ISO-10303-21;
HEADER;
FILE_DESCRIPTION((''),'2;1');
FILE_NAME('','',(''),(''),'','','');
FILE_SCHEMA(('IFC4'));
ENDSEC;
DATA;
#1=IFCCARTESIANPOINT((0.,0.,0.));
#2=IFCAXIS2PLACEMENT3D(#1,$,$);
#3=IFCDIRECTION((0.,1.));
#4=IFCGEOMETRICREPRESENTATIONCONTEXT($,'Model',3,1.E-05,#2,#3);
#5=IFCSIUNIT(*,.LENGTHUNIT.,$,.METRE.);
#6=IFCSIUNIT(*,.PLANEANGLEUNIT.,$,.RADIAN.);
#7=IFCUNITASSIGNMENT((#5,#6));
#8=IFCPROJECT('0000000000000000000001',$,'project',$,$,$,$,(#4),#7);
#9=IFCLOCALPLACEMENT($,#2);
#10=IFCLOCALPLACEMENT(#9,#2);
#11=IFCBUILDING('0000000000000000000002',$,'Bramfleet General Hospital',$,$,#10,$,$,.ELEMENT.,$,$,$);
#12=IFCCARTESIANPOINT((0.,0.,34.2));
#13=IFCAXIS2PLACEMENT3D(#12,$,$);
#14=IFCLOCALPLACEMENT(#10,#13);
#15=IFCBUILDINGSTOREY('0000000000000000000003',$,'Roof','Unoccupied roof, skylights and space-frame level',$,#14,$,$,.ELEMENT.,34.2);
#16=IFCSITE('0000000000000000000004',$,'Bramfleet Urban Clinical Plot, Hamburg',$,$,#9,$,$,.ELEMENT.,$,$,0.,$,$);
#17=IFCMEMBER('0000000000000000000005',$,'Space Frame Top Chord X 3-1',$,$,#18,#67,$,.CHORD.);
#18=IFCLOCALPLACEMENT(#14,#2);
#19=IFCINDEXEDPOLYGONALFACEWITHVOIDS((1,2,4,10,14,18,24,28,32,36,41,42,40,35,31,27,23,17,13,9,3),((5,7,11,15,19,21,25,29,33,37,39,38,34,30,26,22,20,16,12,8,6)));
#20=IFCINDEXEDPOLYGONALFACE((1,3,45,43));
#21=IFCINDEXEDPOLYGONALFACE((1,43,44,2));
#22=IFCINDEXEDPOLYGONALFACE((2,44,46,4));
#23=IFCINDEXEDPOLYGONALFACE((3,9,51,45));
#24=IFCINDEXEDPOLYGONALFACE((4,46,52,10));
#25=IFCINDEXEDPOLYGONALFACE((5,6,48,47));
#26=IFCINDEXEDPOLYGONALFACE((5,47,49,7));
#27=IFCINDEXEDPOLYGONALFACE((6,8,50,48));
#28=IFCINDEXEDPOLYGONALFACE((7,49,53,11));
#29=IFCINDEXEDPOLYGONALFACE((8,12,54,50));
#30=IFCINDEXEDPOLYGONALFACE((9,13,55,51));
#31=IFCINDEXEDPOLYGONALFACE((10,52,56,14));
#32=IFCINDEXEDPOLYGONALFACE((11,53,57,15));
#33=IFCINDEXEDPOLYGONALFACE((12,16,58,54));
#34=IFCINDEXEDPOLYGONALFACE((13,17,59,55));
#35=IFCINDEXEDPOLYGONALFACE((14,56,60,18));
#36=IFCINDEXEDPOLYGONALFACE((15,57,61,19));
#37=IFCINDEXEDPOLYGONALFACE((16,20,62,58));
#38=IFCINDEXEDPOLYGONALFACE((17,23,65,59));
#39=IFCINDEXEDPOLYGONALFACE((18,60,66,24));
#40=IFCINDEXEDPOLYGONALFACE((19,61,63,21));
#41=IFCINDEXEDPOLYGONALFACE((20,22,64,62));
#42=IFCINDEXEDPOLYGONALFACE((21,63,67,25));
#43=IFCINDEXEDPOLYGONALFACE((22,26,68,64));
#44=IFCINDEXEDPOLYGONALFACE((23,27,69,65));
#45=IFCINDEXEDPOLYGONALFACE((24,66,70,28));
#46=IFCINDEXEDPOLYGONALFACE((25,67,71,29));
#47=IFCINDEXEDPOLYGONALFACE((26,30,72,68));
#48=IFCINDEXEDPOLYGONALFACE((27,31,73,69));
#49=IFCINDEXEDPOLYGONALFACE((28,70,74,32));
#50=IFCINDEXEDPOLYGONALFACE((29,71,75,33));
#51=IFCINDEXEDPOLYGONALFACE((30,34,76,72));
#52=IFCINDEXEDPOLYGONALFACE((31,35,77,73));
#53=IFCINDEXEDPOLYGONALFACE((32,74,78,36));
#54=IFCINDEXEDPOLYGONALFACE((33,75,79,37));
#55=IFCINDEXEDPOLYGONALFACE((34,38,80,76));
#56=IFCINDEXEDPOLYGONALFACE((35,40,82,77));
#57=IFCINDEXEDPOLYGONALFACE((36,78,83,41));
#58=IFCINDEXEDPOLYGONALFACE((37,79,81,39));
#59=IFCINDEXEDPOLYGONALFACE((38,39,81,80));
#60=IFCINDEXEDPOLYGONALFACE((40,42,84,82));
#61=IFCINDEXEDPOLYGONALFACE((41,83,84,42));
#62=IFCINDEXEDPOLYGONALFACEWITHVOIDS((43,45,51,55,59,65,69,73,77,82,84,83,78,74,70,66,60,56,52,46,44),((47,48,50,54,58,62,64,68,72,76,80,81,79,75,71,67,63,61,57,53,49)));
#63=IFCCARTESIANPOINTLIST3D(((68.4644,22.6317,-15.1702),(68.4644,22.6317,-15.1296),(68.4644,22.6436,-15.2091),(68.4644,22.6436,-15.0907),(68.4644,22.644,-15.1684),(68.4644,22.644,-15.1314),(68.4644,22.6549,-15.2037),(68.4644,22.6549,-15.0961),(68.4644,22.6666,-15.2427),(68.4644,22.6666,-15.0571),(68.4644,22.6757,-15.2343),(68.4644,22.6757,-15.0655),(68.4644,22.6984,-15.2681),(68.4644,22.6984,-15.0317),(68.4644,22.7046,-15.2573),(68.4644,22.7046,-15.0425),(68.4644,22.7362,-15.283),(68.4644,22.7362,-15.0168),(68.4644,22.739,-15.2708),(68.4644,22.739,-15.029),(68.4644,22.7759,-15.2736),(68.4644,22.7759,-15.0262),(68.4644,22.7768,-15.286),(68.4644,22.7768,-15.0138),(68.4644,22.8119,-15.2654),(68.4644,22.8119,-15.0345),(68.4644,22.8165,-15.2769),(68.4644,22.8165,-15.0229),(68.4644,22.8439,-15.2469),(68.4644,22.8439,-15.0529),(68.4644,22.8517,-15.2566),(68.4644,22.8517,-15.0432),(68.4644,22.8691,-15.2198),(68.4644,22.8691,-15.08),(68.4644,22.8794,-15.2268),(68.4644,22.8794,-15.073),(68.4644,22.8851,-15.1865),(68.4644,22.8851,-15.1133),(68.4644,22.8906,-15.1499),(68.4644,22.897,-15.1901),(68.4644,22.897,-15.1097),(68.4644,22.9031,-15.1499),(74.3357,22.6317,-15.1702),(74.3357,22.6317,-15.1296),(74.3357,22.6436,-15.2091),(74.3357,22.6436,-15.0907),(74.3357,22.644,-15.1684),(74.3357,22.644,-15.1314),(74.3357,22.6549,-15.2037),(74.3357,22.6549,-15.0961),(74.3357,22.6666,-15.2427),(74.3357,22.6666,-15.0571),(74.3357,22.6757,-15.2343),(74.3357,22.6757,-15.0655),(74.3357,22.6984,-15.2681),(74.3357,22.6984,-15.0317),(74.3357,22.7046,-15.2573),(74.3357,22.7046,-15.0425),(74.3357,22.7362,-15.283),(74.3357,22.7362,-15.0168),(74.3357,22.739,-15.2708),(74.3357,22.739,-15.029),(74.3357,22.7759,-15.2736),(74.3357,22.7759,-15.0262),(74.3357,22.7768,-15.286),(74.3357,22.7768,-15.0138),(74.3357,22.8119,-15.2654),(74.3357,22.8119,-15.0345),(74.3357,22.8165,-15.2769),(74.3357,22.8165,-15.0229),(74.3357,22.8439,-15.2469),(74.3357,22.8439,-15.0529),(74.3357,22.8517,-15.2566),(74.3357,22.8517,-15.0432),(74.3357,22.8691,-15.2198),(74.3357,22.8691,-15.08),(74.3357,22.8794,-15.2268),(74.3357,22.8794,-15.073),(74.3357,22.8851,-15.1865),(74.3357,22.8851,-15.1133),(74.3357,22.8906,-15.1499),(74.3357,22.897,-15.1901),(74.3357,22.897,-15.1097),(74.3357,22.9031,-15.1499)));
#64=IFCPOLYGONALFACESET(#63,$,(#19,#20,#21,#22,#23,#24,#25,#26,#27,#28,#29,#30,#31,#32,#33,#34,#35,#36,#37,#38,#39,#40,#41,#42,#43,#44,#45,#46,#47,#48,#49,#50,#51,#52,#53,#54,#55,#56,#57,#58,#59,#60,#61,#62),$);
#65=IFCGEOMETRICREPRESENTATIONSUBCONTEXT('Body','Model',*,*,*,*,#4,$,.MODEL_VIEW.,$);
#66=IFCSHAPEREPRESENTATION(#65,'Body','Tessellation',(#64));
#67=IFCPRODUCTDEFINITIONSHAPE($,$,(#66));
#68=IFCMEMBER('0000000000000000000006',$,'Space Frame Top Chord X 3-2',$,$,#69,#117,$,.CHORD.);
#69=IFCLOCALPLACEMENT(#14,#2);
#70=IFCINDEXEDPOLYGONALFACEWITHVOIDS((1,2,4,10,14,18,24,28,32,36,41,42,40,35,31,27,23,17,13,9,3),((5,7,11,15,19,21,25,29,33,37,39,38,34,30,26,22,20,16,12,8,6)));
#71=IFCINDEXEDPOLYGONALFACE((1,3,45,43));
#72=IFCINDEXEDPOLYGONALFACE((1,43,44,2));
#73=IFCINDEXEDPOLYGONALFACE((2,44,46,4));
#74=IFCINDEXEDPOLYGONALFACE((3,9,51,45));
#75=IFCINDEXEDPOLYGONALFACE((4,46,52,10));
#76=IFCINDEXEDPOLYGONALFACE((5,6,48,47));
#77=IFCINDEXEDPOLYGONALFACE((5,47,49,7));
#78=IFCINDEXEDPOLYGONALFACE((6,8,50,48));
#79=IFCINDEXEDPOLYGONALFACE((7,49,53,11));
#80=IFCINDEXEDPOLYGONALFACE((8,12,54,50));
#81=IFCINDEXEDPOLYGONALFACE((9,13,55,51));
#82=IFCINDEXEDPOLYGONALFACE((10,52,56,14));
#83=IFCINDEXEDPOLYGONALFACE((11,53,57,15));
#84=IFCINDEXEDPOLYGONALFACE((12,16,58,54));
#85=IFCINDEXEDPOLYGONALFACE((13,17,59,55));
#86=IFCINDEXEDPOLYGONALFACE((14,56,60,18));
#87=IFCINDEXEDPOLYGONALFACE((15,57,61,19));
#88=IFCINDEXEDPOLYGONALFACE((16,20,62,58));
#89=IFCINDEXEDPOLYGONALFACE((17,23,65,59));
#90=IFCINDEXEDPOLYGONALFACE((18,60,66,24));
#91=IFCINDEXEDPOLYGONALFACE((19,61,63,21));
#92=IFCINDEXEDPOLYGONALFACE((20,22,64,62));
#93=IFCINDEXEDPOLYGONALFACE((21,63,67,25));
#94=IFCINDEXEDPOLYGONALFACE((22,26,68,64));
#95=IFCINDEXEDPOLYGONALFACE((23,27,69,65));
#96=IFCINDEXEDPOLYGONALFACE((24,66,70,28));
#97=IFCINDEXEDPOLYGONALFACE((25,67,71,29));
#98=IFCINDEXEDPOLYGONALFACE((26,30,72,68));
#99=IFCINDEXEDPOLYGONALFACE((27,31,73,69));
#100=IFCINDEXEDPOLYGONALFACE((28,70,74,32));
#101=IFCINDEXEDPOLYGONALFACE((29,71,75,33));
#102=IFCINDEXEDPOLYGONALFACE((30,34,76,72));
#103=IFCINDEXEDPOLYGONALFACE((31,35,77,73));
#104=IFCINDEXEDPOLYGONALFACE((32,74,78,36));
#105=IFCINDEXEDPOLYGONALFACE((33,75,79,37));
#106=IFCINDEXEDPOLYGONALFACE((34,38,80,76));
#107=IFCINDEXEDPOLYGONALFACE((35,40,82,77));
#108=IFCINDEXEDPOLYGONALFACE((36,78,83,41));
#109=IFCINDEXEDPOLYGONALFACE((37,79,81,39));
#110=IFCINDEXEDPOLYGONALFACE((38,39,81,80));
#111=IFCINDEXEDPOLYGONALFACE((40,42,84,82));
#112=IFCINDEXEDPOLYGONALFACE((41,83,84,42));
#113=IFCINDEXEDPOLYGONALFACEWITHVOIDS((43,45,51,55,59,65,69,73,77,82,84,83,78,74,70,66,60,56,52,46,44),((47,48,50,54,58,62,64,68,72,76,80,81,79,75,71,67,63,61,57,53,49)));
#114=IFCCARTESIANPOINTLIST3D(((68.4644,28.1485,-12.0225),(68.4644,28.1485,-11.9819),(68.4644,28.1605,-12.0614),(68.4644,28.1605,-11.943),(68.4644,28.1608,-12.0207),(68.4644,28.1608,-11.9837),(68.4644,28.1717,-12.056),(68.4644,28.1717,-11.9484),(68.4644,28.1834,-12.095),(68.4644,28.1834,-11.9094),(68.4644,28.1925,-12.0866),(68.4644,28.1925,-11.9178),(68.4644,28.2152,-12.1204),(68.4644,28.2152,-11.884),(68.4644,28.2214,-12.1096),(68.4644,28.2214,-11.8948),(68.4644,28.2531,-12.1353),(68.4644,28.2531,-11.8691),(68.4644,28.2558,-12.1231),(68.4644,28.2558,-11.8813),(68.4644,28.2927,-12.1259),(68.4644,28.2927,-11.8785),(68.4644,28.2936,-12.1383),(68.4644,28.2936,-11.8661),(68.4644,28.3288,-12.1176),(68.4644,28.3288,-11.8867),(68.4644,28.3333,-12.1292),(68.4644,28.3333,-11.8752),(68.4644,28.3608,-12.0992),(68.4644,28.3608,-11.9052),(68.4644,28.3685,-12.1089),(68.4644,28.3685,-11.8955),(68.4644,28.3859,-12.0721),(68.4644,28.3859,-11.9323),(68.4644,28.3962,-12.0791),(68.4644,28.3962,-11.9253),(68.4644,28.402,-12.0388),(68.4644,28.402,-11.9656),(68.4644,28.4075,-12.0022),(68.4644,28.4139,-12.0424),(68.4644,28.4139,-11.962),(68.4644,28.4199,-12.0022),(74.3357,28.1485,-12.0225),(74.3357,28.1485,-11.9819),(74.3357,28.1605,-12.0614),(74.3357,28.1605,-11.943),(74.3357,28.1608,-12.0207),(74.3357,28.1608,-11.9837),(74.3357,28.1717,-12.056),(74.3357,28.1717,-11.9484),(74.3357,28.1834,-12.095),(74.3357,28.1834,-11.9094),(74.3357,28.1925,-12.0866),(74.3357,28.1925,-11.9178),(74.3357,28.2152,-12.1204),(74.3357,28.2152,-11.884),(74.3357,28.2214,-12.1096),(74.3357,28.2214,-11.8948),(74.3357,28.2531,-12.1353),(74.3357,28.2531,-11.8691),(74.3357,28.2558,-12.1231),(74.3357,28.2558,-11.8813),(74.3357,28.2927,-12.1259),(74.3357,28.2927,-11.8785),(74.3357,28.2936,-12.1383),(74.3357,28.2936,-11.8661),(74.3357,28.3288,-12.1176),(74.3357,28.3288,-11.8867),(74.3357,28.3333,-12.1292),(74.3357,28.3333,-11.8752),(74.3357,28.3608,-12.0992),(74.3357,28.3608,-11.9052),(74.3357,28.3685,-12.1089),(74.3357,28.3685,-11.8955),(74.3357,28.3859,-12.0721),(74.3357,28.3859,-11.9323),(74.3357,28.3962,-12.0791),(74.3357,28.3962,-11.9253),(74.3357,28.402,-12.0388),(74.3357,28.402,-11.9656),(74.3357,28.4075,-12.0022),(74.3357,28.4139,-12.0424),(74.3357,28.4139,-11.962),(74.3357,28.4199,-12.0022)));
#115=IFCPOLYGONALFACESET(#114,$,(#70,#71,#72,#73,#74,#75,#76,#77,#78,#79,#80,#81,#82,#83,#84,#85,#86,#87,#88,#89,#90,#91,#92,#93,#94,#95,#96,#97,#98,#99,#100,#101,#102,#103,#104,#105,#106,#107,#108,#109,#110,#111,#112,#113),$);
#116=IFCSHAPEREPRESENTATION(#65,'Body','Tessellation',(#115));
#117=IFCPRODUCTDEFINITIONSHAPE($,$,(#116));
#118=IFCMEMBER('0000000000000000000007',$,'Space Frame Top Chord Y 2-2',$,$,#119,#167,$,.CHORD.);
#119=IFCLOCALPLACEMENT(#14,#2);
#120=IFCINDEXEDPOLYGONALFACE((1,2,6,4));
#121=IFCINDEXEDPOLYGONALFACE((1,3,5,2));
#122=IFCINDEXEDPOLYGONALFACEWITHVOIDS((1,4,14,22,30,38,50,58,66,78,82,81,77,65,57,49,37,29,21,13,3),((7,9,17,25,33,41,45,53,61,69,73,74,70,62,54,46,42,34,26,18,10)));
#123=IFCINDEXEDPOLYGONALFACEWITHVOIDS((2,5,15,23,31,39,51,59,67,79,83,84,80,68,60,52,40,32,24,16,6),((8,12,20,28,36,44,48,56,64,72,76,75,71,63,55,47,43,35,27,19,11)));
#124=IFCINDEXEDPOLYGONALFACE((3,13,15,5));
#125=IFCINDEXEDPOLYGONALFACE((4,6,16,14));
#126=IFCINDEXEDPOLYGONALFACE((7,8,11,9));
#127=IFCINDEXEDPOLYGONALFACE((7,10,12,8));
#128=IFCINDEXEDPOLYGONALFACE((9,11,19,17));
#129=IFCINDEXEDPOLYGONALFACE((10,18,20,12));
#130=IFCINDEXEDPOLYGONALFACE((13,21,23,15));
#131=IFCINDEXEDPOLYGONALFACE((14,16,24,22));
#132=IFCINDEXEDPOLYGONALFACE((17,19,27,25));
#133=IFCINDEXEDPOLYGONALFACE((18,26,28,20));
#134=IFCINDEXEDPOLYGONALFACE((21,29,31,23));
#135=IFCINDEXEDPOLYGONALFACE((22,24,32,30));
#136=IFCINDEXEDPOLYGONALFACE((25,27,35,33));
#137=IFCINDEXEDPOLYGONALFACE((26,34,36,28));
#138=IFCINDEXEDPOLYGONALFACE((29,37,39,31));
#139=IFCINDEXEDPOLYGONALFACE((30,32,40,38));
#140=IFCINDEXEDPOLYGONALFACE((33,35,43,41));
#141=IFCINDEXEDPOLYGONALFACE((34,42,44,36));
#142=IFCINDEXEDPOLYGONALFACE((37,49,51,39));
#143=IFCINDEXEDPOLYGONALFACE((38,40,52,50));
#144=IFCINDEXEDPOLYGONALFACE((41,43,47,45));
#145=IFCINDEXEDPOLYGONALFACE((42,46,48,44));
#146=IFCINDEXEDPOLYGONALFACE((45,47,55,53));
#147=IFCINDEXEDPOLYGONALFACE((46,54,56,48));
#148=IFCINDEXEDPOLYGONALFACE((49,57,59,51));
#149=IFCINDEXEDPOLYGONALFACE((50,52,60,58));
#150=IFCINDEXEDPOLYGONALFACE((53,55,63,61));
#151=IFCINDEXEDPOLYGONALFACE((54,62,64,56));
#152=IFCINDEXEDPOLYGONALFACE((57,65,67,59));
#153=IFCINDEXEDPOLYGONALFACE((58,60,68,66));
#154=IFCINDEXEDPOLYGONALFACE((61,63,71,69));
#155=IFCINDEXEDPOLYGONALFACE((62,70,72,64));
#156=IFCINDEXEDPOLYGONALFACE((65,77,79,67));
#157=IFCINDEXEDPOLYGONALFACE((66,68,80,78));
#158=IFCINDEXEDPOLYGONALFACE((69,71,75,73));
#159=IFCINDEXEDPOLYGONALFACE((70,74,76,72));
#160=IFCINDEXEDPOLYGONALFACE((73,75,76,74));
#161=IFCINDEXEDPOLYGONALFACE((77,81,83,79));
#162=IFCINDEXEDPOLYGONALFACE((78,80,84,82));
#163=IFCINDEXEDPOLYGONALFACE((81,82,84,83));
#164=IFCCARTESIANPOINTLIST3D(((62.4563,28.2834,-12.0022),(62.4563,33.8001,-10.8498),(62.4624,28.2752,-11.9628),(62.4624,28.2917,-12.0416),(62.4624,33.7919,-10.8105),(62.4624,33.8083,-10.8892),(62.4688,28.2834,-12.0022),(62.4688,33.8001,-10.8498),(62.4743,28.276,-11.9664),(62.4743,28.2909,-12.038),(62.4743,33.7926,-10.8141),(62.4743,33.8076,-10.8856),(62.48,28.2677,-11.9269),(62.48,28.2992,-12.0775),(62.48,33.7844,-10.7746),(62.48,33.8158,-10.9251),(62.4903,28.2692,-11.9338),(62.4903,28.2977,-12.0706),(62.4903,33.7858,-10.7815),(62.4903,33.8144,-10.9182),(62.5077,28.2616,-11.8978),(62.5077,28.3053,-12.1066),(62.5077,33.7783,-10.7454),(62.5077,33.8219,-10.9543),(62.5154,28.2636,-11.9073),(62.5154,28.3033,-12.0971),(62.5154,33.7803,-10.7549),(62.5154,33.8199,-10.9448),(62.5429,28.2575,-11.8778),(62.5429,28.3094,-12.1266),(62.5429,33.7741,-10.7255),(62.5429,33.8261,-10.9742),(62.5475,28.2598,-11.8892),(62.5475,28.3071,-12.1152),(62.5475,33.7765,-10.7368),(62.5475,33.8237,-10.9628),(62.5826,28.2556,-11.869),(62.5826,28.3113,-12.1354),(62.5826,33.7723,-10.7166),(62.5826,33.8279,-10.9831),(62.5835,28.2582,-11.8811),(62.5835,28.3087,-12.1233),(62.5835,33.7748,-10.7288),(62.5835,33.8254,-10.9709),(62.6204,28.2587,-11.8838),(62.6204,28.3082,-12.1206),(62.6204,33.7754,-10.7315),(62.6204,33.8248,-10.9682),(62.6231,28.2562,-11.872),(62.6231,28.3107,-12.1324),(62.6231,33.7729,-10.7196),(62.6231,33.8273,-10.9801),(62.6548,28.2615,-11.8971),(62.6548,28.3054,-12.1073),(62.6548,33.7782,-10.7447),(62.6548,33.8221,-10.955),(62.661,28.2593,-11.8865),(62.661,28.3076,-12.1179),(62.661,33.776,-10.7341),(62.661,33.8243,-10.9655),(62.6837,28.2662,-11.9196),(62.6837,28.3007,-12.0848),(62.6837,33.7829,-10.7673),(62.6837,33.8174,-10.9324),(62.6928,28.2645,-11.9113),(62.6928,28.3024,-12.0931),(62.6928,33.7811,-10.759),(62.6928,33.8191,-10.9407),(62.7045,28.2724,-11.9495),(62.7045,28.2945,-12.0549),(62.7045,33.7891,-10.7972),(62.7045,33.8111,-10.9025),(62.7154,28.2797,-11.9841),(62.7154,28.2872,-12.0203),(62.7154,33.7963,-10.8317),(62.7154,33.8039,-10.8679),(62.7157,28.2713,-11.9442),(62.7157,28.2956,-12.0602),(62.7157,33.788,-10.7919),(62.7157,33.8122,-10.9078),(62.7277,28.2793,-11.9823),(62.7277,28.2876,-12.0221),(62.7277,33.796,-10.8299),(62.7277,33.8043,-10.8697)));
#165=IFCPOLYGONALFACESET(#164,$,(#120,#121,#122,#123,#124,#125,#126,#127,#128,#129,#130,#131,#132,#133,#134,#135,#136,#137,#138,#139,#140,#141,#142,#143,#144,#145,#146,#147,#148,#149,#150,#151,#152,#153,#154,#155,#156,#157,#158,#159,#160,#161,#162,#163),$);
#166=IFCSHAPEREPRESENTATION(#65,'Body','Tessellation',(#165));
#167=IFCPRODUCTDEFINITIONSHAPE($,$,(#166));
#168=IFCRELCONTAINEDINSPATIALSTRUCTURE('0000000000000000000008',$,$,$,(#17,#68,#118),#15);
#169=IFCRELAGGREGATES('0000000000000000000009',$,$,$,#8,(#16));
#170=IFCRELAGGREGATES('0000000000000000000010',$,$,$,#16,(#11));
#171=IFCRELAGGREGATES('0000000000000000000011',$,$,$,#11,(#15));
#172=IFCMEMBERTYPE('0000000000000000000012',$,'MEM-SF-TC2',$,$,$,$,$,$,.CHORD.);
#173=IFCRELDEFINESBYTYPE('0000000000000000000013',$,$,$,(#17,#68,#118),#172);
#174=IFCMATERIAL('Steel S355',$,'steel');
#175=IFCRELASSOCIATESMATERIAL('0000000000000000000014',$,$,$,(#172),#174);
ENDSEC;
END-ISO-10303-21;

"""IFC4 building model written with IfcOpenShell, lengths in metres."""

from ifc_helpers import new_model, si_unit, direction, frame, origin, origin_2d, place, context, subcontext, project, spatial, hollow_circle, extrude, material, material_profile, profile_set, type_object, element, save


model = new_model("IFC4")

# Units and contexts
model_context = context("Model", 3, precision=1e-05, world=origin(), true_north=direction((0.0, 1.0)))
body_context = subcontext(model_context, "Body", "Model", "MODEL_VIEW")
ifc_project = project(units=[si_unit("LENGTHUNIT", "METRE"), si_unit("PLANEANGLEUNIT", "RADIAN")], contexts=[model_context])

# Site, building, storey
site_placement = place(None, origin())
site = spatial("IfcSite", under=ifc_project, at=site_placement, Name="Bramfleet Urban Clinical Plot, Hamburg", CompositionType="ELEMENT", RefElevation=0.0)
building_placement = place(site_placement, origin())
building = spatial("IfcBuilding", under=site, at=building_placement, Name="Bramfleet General Hospital", CompositionType="ELEMENT")
storey_placement = place(building_placement, frame((0.0, 0.0, 34.2)))
storey = spatial("IfcBuildingStorey", under=building, at=storey_placement, Name="Roof", Description="Unoccupied roof, skylights and space-frame level", CompositionType="ELEMENT", Elevation=34.2)

# Members
ifc_material = material(Name="Steel S355", Category="steel")
ifc_material_profile_1 = material_profile(ifc_material, hollow_circle(Radius=0.1365, WallThickness=0.0125, at=origin_2d()), Name="CHS 273.0x12.5")
ifc_profile_set_1 = profile_set([ifc_material_profile_1], Name="Steel S355")
member_type_1 = type_object("IfcMemberType", Name="MEM-SF-TC2", PredefinedType="CHORD", material=ifc_profile_set_1)
for number, where, z_axis, x_axis, name in (
    (1, (68.4644, 22.7666, -15.1499), (1.0, 0.0, 0.0), (0.0, 1.0, 0.0), "Space Frame Top Chord X 3-1"),
    (2, (68.4644, 28.2834, -12.0022), (1.0, 0.0, 0.0), (0.0, 1.0, 0.0), "Space Frame Top Chord X 3-2"),
):
    element("IfcMember", number, at=place(storey_placement, frame(where, z_axis=z_axis, x_axis=x_axis)), inside=storey, type_object=member_type_1, Name=name, PredefinedType="CHORD", context=body_context, shape_type="SweptSolid", body=[
        extrude(hollow_circle(Radius=0.1365, WallThickness=0.0125, at=origin_2d()), origin(), (0.0, 0.0, 1.0), 5.8713),
    ])
member_1_placement = place(storey_placement, frame((62.5928, 28.2834, -12.0022), z_axis=(0.0, 0.978872, 0.204473), x_axis=(-1.0, 0.0, 0.0)))
element("IfcMember", 3, at=member_1_placement, inside=storey, type_object=member_type_1, Name="Space Frame Top Chord Y 2-2", PredefinedType="CHORD", context=body_context, shape_type="SweptSolid", body=[
    extrude(hollow_circle(Radius=0.1365, WallThickness=0.0125, at=origin_2d()), origin(), (0.0, 0.0, 1.0), 5.6357),
])

save(model, "model.ifc")
